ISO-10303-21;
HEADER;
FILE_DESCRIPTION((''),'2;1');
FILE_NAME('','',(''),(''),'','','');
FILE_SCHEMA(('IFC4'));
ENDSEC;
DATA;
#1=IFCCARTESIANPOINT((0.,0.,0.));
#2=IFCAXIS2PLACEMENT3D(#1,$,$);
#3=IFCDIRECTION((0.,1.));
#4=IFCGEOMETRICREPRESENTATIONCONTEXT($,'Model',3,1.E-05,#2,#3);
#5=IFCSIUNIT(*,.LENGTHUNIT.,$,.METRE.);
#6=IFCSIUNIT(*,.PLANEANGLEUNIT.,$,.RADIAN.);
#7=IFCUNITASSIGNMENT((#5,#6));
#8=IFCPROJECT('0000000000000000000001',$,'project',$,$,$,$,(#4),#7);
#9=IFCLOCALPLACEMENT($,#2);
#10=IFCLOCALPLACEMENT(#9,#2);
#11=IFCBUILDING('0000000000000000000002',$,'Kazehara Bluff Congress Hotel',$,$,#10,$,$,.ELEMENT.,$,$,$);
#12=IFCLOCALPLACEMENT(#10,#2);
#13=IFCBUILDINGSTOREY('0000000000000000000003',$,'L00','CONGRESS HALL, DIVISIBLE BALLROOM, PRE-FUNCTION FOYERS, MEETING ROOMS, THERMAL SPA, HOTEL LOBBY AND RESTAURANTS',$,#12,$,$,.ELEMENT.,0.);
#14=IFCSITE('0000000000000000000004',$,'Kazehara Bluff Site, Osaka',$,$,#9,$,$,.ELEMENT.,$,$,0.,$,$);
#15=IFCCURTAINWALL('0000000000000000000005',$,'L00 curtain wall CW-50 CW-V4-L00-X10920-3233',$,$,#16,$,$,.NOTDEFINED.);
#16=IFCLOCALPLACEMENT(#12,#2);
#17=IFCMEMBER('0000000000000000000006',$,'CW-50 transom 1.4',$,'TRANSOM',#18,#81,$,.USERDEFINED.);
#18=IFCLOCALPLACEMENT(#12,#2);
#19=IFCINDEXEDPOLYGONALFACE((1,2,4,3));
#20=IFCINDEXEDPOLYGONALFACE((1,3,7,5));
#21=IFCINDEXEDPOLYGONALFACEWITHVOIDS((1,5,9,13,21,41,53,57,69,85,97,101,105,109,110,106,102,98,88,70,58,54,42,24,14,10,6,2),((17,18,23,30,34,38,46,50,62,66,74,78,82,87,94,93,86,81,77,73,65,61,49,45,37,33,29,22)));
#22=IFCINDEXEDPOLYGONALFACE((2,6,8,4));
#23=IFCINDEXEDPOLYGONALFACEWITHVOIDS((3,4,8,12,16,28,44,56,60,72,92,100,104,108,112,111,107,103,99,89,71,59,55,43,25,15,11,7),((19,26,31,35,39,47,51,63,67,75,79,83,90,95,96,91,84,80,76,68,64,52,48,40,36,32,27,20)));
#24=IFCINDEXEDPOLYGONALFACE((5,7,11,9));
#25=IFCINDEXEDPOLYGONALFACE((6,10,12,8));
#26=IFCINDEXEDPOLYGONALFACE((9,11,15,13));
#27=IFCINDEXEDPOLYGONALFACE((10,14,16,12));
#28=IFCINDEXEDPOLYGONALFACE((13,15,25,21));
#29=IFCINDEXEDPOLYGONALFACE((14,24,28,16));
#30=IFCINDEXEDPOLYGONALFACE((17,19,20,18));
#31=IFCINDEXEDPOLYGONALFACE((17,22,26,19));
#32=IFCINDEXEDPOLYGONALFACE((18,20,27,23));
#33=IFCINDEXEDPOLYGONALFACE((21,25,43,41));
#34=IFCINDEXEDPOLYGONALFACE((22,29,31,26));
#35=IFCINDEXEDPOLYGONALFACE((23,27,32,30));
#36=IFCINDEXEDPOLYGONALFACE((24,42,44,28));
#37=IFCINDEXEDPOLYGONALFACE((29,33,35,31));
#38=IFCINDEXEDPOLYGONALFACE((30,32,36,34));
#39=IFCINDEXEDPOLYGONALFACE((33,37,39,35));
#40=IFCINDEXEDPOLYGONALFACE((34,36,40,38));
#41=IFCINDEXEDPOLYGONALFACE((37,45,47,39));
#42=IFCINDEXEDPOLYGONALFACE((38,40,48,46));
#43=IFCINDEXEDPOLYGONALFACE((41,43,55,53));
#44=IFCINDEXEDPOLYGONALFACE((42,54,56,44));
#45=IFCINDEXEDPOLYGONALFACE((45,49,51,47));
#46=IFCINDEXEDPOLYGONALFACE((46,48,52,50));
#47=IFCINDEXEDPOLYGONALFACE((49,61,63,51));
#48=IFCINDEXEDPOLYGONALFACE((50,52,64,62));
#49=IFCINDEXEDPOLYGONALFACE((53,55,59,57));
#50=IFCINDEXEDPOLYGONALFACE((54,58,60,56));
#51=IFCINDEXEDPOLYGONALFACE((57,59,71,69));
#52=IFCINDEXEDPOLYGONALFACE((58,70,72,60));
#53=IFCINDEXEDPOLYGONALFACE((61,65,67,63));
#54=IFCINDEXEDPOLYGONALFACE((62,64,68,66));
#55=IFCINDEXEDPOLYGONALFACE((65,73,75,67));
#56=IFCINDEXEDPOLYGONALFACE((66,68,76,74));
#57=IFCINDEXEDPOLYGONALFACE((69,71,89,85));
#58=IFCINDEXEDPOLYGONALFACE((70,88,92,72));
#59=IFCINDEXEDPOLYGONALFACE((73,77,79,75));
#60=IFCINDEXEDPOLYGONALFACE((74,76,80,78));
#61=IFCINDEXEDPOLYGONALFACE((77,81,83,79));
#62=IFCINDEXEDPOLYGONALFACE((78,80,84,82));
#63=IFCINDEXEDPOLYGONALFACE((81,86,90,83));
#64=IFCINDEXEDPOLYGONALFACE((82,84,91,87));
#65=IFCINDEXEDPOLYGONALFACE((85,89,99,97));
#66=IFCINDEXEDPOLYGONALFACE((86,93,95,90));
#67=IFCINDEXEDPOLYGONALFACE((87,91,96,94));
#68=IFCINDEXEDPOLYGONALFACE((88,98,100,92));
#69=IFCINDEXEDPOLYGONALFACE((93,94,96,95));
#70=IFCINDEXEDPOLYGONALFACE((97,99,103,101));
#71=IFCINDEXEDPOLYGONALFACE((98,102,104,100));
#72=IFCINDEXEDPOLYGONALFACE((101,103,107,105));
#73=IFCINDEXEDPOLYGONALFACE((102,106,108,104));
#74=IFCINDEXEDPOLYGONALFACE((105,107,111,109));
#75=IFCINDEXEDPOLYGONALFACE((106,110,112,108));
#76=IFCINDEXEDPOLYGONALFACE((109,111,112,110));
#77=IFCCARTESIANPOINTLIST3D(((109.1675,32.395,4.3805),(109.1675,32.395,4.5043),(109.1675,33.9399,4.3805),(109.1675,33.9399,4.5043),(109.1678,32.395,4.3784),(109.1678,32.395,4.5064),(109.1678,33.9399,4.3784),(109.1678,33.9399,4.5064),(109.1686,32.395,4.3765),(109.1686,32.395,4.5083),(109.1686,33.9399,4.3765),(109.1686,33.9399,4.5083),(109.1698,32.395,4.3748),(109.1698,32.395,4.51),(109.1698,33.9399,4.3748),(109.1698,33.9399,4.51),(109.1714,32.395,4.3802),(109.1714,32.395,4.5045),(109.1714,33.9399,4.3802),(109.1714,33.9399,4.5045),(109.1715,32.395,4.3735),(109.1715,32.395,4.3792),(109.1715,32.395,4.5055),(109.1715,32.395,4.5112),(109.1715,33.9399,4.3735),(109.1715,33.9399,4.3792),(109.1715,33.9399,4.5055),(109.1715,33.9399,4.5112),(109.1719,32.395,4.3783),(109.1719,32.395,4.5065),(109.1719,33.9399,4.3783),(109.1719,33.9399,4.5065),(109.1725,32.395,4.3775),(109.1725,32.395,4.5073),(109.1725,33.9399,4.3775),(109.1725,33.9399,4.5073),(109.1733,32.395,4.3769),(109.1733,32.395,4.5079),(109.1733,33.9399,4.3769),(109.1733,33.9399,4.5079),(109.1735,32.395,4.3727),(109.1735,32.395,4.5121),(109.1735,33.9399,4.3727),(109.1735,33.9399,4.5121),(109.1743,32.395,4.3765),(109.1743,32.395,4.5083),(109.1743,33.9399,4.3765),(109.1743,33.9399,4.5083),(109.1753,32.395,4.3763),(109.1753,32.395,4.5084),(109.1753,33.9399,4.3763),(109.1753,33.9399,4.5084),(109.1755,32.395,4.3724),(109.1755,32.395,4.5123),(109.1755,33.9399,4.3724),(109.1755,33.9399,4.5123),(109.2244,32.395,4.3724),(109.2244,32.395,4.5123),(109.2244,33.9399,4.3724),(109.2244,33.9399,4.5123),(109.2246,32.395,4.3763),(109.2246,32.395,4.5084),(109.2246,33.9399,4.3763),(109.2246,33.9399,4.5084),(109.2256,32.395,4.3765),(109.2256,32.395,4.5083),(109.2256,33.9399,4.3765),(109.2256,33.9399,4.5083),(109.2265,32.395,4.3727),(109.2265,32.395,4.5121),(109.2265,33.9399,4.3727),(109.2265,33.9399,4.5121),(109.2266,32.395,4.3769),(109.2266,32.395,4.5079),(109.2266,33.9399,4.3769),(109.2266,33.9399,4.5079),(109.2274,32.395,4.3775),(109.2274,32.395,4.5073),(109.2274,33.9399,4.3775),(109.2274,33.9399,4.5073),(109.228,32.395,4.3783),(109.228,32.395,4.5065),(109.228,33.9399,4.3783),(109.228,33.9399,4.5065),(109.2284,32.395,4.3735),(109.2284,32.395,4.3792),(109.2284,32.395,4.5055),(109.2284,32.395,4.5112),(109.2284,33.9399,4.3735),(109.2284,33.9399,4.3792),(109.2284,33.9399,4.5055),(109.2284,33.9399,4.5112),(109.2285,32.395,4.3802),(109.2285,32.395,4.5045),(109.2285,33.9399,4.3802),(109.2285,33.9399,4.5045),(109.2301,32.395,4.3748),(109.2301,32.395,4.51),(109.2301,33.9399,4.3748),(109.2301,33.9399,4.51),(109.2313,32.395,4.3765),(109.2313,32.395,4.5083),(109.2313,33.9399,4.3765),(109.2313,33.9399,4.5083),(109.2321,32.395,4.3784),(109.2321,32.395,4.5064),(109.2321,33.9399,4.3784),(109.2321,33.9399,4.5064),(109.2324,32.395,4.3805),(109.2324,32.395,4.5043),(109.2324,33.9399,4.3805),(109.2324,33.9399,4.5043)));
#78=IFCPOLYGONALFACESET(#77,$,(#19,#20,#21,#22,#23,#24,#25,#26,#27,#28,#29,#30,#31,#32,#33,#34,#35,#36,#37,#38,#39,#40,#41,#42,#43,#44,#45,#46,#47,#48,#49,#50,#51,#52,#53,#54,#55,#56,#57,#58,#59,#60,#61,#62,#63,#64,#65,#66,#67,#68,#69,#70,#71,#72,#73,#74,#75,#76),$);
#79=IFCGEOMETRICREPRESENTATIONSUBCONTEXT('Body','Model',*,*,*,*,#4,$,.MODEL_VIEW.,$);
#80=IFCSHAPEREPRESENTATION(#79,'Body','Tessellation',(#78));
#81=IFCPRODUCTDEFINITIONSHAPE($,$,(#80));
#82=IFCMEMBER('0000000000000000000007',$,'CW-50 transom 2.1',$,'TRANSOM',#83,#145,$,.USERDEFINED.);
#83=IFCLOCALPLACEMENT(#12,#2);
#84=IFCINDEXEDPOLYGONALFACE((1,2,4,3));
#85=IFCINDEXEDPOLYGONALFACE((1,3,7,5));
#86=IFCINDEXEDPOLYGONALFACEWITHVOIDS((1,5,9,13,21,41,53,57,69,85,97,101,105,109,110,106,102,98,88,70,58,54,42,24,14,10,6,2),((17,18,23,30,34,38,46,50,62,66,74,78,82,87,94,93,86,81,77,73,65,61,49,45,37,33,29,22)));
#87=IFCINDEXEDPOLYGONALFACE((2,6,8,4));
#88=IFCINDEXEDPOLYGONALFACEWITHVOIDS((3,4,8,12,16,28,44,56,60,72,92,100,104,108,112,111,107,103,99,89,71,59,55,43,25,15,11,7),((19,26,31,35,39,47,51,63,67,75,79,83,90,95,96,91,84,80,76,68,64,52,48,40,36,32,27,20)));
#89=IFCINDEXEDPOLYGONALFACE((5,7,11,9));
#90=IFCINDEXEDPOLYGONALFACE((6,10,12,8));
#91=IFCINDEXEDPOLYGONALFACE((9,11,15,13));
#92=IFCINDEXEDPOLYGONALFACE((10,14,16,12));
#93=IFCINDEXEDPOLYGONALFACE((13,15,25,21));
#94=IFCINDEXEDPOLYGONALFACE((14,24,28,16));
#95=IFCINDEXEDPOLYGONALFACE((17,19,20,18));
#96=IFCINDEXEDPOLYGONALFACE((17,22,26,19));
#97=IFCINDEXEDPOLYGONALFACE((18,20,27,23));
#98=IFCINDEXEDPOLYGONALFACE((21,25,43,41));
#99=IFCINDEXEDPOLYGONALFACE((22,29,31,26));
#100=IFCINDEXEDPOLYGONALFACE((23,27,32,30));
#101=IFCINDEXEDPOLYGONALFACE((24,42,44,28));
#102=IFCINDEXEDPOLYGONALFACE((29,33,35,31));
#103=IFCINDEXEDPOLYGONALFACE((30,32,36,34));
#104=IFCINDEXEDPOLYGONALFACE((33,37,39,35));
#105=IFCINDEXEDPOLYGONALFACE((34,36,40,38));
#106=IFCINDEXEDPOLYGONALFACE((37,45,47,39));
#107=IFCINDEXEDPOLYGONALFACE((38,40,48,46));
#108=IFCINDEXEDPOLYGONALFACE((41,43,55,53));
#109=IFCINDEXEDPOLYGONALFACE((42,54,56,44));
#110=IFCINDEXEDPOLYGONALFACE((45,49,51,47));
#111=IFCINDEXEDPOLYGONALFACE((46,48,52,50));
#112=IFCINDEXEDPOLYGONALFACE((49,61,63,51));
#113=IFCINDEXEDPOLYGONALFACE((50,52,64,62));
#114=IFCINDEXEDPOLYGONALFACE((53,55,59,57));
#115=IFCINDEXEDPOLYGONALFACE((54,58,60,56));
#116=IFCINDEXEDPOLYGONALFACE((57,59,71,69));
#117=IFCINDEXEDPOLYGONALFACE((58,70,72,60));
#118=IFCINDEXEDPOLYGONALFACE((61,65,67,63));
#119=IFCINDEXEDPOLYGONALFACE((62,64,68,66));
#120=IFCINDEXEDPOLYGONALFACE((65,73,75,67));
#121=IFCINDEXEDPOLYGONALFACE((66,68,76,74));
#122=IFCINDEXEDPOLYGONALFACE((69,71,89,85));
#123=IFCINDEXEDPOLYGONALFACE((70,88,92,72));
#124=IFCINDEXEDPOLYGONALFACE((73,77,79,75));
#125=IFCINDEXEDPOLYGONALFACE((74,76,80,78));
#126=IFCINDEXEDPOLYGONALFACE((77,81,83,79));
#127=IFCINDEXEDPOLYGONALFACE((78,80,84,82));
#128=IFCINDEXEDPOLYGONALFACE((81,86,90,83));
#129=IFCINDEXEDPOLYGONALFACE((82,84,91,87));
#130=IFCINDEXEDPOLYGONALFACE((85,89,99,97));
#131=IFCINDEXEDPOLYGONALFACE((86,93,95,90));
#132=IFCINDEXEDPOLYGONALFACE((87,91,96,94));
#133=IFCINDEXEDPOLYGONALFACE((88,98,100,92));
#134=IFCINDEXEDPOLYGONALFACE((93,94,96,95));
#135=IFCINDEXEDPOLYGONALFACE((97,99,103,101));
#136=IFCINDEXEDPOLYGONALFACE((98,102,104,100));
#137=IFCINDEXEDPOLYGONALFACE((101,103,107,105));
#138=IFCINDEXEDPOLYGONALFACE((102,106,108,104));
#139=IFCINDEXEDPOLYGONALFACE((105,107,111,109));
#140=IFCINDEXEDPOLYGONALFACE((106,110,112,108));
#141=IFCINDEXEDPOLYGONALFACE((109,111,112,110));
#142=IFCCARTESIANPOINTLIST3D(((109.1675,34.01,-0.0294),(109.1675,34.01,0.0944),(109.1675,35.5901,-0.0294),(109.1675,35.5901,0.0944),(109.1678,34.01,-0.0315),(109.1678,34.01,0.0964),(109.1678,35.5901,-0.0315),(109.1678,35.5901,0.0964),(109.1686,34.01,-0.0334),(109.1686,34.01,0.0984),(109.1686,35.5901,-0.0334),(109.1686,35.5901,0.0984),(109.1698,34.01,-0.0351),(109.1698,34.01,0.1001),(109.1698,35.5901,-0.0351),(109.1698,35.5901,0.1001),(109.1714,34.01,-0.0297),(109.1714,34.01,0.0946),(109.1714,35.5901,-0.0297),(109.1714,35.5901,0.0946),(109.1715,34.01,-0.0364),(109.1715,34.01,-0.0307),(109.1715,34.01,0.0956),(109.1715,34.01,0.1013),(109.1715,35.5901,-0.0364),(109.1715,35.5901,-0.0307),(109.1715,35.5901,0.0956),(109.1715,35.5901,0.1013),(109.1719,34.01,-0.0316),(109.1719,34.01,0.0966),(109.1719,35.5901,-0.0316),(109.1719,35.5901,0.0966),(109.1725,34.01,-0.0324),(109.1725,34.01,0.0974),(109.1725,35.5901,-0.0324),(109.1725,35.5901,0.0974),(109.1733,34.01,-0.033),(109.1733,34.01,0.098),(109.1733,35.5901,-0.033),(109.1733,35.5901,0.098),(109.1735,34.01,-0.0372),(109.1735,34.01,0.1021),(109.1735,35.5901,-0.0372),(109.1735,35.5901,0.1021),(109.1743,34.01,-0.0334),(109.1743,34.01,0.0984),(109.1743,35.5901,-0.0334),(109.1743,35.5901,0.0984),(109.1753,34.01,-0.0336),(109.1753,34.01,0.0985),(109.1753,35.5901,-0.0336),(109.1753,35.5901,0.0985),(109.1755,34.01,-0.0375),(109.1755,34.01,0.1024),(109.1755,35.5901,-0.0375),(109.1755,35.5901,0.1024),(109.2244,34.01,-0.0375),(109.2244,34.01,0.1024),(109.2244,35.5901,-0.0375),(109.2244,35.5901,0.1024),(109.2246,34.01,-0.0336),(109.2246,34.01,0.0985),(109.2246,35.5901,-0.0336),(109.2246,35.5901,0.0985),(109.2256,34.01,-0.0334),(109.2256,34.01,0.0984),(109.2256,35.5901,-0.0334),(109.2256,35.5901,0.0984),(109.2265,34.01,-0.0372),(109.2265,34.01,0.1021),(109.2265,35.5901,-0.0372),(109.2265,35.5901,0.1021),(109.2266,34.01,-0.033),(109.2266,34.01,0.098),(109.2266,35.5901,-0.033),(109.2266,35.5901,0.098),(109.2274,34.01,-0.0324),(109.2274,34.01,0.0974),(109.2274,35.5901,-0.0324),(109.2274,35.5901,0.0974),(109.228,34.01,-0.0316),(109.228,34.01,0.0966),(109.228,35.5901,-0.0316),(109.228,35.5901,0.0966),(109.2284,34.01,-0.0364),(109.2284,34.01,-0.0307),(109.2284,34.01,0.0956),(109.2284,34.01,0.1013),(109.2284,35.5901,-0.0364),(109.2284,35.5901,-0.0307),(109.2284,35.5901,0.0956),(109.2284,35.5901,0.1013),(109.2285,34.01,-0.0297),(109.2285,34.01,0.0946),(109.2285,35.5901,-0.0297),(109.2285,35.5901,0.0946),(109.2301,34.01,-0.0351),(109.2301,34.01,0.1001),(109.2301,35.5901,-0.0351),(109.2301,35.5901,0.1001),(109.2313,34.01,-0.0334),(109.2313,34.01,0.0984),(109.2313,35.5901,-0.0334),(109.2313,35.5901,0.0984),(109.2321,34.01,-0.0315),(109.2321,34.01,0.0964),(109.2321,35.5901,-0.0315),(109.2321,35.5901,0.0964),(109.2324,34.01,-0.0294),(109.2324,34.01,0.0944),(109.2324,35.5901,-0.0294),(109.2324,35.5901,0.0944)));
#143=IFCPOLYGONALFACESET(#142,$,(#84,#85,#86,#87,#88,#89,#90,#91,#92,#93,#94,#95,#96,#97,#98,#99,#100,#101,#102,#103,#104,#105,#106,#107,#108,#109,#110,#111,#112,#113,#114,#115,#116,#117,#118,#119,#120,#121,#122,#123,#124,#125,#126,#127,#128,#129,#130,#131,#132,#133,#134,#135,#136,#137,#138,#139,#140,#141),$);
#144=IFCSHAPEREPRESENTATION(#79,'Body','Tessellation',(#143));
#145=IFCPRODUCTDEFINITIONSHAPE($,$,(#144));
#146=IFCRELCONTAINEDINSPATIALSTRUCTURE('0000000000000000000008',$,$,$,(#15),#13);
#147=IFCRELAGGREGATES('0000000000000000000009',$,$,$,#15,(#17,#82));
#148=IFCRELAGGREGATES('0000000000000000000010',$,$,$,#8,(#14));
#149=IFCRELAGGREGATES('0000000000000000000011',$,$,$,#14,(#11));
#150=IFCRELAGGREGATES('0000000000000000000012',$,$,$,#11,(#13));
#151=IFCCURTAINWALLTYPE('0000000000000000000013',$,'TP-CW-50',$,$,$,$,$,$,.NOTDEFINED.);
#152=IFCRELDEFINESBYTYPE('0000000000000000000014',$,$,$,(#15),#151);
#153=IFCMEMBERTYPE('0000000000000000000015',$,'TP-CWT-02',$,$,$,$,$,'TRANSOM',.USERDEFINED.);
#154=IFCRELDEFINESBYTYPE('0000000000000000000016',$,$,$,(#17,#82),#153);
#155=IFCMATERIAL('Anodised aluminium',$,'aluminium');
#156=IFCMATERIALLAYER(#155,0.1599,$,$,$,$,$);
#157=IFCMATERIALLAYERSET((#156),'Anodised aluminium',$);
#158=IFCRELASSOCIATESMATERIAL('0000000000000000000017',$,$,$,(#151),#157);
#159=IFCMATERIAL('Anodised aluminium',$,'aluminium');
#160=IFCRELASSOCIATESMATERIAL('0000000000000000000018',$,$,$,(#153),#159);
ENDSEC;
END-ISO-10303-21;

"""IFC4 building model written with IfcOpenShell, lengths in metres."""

from ifc_helpers import new_model, si_unit, direction, frame, origin, origin_2d, place, context, subcontext, project, spatial, hollow_rectangle, extrude, material, layer, layer_set, material_profile, profile_set, type_object, element, aggregate, save


model = new_model("IFC4")

# Units and contexts
model_context = context("Model", 3, precision=1e-05, world=origin(), true_north=direction((0.0, 1.0)))
body_context = subcontext(model_context, "Body", "Model", "MODEL_VIEW")
ifc_project = project(units=[si_unit("LENGTHUNIT", "METRE"), si_unit("PLANEANGLEUNIT", "RADIAN")], contexts=[model_context])

# Site, building, storey
site_placement = place(None, origin())
site = spatial("IfcSite", under=ifc_project, at=site_placement, Name="Kazehara Bluff Site, Osaka", CompositionType="ELEMENT", RefElevation=0.0)
building_placement = place(site_placement, origin())
building = spatial("IfcBuilding", under=site, at=building_placement, Name="Kazehara Bluff Congress Hotel", CompositionType="ELEMENT")
storey_placement = place(building_placement, origin())
storey = spatial("IfcBuildingStorey", under=building, at=storey_placement, Name="L00", Description="CONGRESS HALL, DIVISIBLE BALLROOM, PRE-FUNCTION FOYERS, MEETING ROOMS, THERMAL SPA, HOTEL LOBBY AND RESTAURANTS", CompositionType="ELEMENT", Elevation=0.0)

# Curtain wall, members
ifc_material_1 = material(Name="Anodised aluminium", Category="aluminium")
ifc_layer_1 = layer(ifc_material_1, 0.1599)
ifc_layer_set_1 = layer_set([ifc_layer_1], Name="Anodised aluminium")
curtain_wall_type_1 = type_object("IfcCurtainWallType", Name="TP-CW-50", PredefinedType="NOTDEFINED", material=ifc_layer_set_1)
curtain_wall_1_placement = place(storey_placement, origin())
curtain_wall_1 = element("IfcCurtainWall", 1, at=curtain_wall_1_placement, inside=storey, type_object=curtain_wall_type_1, Name="L00 curtain wall CW-50 CW-V4-L00-X10920-3233", PredefinedType="NOTDEFINED")
ifc_material_2 = material(Name="Anodised aluminium", Category="aluminium")
ifc_material_profile_1 = material_profile(ifc_material_2, hollow_rectangle(XDim=0.0649, YDim=0.1399, WallThickness=0.0039, InnerFilletRadius=0.0039, OuterFilletRadius=0.0081, at=origin_2d()))
ifc_profile_set_1 = profile_set([ifc_material_profile_1], Name="Anodised aluminium")
member_type_1 = type_object("IfcMemberType", Name="TP-CWT-02", ElementType="TRANSOM", PredefinedType="USERDEFINED", material=ifc_profile_set_1)
member_1_placement = place(storey_placement, frame((109.2, 32.395, 4.4424), z_axis=(0.0, 1.0, 0.0), x_axis=(-1.0, 0.0, 0.0)))
member_1 = element("IfcMember", 2, at=member_1_placement, type_object=member_type_1, Name="CW-50 transom 1.4", ObjectType="TRANSOM", PredefinedType="USERDEFINED", context=body_context, shape_type="SweptSolid", body=[
    extrude(hollow_rectangle(XDim=0.0649, YDim=0.1399, WallThickness=0.0039, InnerFilletRadius=0.0039, OuterFilletRadius=0.0081, at=origin_2d()), origin(), (0.0, 0.0, 1.0), 1.5449),
])
member_2_placement = place(storey_placement, frame((109.2, 34.01, 0.0325), z_axis=(0.0, 1.0, 0.0), x_axis=(-1.0, 0.0, 0.0)))
member_2 = element("IfcMember", 3, at=member_2_placement, type_object=member_type_1, Name="CW-50 transom 2.1", ObjectType="TRANSOM", PredefinedType="USERDEFINED", context=body_context, shape_type="SweptSolid", body=[
    extrude(hollow_rectangle(XDim=0.0649, YDim=0.1399, WallThickness=0.0039, InnerFilletRadius=0.0039, OuterFilletRadius=0.0081, at=origin_2d()), origin(), (0.0, 0.0, 1.0), 1.5801),
])

aggregate(curtain_wall_1, [member_1, member_2])

save(model, "model.ifc")
